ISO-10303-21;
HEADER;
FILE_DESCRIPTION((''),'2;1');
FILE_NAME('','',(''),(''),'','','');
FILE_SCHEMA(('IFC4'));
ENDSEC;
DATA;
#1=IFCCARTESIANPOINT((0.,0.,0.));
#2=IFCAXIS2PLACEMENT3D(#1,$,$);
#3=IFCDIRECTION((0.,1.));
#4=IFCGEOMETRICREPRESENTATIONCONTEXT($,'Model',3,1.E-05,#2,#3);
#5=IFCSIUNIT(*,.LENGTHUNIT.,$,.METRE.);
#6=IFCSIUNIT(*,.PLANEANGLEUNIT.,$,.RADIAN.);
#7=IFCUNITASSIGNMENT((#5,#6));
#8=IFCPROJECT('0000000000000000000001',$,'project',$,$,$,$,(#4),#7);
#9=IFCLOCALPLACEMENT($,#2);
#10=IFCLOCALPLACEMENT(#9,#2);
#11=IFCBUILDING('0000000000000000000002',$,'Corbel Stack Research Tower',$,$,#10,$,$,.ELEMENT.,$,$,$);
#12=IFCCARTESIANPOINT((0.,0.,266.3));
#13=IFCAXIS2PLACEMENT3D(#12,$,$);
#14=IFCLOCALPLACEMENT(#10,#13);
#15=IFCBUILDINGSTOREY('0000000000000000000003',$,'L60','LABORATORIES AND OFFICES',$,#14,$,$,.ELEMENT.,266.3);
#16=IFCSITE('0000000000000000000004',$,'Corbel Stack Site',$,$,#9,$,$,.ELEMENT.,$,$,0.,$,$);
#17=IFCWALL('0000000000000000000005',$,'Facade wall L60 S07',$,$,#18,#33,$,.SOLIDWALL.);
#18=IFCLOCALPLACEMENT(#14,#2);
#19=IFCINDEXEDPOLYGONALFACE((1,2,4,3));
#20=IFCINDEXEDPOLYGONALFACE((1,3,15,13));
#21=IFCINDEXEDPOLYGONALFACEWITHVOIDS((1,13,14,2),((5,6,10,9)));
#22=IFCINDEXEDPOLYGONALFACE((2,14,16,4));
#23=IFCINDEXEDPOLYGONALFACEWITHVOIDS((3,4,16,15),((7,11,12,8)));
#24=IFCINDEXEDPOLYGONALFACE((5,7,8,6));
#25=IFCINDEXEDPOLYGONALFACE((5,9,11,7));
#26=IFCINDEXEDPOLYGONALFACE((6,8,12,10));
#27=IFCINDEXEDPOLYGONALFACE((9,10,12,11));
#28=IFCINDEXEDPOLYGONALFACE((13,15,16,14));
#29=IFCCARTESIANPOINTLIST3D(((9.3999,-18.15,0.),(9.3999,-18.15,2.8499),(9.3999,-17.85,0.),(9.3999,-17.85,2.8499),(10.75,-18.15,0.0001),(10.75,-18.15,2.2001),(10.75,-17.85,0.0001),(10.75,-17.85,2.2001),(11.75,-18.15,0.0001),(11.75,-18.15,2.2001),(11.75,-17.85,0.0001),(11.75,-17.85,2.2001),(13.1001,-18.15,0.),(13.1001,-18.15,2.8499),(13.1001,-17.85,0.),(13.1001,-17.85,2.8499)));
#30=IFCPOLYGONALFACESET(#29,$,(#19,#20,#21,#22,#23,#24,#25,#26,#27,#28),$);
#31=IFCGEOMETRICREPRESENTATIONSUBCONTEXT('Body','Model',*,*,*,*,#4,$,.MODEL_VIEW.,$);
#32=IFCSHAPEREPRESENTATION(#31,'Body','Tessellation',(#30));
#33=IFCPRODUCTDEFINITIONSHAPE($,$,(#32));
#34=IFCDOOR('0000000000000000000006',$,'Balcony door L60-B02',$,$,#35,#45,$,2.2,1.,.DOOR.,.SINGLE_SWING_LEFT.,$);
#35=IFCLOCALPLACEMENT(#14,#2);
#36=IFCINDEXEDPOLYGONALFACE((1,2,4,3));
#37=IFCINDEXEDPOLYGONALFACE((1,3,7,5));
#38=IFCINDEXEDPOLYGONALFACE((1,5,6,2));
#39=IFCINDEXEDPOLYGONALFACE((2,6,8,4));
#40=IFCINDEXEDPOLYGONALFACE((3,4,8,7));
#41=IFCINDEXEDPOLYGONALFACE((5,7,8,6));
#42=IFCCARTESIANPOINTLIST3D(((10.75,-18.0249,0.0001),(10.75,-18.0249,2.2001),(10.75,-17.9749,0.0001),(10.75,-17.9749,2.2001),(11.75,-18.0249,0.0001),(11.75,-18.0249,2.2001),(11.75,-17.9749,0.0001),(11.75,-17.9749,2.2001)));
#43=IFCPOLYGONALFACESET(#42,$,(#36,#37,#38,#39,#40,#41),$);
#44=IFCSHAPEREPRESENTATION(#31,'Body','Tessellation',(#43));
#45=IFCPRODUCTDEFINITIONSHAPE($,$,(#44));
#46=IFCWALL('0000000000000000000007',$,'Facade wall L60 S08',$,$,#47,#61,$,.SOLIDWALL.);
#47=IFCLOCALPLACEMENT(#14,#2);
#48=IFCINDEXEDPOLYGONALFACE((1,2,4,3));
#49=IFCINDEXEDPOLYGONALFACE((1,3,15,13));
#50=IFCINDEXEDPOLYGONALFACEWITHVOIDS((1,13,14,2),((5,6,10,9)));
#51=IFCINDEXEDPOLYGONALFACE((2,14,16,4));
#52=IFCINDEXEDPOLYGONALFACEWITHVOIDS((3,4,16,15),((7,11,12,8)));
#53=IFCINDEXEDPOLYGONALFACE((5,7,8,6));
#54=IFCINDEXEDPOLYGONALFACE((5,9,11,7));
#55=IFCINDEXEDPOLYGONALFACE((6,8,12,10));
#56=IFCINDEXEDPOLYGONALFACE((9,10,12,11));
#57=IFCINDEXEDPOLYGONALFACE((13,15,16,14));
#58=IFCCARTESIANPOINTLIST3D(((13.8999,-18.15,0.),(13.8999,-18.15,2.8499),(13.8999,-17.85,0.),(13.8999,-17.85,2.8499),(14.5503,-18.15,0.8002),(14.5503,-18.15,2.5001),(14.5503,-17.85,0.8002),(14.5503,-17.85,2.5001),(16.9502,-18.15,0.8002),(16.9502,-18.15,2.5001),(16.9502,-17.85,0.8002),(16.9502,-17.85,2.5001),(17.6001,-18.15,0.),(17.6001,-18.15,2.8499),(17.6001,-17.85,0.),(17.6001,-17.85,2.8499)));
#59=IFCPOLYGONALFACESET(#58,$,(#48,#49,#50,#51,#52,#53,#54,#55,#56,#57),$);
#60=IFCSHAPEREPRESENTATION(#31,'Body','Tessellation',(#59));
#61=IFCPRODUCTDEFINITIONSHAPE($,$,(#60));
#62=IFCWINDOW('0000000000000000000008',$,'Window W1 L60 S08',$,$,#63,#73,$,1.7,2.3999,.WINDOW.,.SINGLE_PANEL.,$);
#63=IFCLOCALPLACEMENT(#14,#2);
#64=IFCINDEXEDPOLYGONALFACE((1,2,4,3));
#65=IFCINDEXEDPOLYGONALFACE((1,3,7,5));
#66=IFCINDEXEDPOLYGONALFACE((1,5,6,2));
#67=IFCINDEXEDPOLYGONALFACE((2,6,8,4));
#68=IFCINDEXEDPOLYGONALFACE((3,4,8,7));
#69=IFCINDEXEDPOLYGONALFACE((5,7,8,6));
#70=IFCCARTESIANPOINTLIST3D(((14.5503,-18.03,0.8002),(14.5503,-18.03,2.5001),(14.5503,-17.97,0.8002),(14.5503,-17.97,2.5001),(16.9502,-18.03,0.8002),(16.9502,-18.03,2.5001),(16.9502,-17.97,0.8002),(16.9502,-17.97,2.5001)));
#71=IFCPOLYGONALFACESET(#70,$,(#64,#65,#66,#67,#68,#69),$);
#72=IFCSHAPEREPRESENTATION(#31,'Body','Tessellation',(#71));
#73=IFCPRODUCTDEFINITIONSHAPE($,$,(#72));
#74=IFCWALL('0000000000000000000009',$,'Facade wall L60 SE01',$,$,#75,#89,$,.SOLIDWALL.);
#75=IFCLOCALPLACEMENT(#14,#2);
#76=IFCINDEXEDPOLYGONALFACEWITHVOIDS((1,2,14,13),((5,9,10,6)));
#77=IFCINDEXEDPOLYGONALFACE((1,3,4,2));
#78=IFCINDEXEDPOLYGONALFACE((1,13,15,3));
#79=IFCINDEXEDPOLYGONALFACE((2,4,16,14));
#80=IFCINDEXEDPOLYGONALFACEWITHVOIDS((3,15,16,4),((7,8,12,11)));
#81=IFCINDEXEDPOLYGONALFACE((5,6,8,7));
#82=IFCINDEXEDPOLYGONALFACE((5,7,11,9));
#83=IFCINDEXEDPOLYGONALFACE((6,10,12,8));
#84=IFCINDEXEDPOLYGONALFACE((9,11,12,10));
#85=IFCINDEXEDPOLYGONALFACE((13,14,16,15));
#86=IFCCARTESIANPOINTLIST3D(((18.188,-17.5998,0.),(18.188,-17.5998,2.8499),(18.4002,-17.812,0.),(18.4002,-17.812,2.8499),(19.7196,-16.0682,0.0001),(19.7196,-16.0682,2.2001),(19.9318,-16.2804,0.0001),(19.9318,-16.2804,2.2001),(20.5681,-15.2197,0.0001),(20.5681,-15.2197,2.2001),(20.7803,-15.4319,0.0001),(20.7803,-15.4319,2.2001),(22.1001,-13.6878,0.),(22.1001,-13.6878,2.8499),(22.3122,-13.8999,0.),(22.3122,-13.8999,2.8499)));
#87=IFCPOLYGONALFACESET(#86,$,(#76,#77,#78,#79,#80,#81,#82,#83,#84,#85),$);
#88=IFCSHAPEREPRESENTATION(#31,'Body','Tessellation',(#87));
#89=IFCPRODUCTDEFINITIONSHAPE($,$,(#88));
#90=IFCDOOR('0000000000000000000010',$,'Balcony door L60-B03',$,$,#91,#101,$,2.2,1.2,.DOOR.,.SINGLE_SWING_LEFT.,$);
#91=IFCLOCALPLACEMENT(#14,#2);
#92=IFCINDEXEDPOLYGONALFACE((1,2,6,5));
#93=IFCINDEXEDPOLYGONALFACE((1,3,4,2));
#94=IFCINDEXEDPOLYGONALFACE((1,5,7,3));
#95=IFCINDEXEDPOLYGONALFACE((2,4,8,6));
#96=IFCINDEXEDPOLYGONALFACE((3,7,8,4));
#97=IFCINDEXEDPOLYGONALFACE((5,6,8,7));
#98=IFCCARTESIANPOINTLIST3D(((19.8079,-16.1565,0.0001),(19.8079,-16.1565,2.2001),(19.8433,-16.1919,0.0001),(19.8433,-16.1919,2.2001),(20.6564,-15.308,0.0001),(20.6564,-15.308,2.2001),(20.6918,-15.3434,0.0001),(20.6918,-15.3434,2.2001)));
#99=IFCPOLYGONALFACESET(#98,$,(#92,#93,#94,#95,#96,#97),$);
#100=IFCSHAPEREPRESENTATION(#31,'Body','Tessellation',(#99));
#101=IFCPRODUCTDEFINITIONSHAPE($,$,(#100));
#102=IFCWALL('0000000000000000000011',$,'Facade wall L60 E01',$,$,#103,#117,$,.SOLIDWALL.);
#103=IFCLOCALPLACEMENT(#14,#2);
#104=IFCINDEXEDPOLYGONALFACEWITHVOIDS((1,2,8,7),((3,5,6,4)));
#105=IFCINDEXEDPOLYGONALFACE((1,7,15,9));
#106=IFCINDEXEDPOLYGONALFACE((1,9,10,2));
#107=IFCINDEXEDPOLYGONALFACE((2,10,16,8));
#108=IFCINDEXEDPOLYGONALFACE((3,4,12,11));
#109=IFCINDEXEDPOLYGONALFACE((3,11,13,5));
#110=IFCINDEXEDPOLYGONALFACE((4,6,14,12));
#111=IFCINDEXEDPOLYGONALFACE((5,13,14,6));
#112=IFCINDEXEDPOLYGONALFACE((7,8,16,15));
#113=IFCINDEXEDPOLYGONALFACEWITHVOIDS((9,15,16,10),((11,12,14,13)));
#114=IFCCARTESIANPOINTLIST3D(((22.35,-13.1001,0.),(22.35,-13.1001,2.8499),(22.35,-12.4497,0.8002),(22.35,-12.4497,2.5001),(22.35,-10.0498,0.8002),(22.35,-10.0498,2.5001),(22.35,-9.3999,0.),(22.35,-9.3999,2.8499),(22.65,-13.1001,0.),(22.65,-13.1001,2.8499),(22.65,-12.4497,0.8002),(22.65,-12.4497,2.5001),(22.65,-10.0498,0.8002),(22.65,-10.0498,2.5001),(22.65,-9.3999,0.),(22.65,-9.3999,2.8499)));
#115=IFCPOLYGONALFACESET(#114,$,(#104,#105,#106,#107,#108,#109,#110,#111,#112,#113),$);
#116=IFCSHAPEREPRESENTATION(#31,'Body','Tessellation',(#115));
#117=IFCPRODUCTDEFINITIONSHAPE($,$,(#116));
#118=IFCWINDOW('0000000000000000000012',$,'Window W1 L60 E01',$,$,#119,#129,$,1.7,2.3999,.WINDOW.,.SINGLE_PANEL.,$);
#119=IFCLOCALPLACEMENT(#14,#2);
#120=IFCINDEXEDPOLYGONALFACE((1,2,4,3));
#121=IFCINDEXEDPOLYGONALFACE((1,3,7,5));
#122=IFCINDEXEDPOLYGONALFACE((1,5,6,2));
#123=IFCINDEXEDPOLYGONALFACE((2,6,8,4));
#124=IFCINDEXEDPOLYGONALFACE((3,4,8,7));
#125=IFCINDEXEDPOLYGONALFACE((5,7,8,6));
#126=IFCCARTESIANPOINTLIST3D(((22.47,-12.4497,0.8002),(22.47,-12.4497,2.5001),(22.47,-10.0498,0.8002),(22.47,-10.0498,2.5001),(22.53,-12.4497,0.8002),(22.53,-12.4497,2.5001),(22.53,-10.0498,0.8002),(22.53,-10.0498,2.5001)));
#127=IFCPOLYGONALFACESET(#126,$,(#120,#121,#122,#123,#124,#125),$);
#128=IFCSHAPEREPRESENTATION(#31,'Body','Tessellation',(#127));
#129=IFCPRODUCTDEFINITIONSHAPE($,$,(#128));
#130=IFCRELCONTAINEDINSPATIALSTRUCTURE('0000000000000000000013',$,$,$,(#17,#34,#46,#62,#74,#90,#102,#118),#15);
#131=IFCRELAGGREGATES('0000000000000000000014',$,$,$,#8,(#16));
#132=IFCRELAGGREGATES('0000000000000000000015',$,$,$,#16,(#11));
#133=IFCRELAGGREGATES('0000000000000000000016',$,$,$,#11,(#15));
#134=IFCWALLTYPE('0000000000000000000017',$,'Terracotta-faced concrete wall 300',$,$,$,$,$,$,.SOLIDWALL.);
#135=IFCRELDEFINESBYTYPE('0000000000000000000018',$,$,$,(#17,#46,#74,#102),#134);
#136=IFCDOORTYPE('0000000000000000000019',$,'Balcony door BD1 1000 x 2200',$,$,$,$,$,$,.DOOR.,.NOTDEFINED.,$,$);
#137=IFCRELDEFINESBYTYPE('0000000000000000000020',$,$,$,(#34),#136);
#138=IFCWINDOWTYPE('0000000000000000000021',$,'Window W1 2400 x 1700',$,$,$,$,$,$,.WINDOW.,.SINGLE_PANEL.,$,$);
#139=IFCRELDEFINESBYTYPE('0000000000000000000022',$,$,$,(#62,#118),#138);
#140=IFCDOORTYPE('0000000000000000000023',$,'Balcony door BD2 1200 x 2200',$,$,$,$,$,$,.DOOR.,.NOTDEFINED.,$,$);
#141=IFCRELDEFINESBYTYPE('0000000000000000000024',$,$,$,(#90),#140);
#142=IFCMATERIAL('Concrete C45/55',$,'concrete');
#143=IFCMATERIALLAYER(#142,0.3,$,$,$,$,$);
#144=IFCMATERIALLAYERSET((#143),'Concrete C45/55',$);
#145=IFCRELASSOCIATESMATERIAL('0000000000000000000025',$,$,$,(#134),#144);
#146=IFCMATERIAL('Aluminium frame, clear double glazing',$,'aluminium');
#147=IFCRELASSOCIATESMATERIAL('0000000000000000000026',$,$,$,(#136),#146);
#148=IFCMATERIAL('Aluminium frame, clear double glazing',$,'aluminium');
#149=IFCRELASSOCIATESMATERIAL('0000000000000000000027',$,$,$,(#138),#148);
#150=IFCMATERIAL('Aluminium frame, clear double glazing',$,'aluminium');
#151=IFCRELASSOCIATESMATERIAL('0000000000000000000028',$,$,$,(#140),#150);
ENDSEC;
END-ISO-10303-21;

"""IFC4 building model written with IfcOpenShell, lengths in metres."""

from ifc_helpers import new_model, si_unit, direction, frame, frame_2d, origin, place, context, subcontext, project, spatial, rectangle, extrude, material, layer, layer_set, type_object, element, fill, save


model = new_model("IFC4")

# Units and contexts
model_context = context("Model", 3, precision=1e-05, world=origin(), true_north=direction((0.0, 1.0)))
body_context = subcontext(model_context, "Body", "Model", "MODEL_VIEW")
ifc_project = project(units=[si_unit("LENGTHUNIT", "METRE"), si_unit("PLANEANGLEUNIT", "RADIAN")], contexts=[model_context])

# Site, building, storey
site_placement = place(None, origin())
site = spatial("IfcSite", under=ifc_project, at=site_placement, Name="Corbel Stack Site", CompositionType="ELEMENT", RefElevation=0.0)
building_placement = place(site_placement, origin())
building = spatial("IfcBuilding", under=site, at=building_placement, Name="Corbel Stack Research Tower", CompositionType="ELEMENT")
storey_placement = place(building_placement, frame((0.0, 0.0, 266.3)))
storey = spatial("IfcBuildingStorey", under=building, at=storey_placement, Name="L60", Description="LABORATORIES AND OFFICES", CompositionType="ELEMENT", Elevation=266.3)

# Wall, opening, door
ifc_material_1 = material(Name="Concrete C45/55", Category="concrete")
ifc_layer_1 = layer(ifc_material_1, 0.3)
ifc_layer_set_1 = layer_set([ifc_layer_1], Name="Concrete C45/55")
wall_type_1 = type_object("IfcWallType", Name="Terracotta-faced concrete wall 300", PredefinedType="SOLIDWALL", material=ifc_layer_set_1)
wall_1_placement = place(storey_placement, frame((13.1001, -18.0, 0.0), z_axis=(0.0, 0.0, 1.0), x_axis=(-1.0, 0.0, 0.0)))
wall_1 = element("IfcWall", 1, at=wall_1_placement, inside=storey, type_object=wall_type_1, Name="Facade wall L60 S07", PredefinedType="SOLIDWALL", context=body_context, shape_type="SweptSolid", body=[
    extrude(rectangle(XDim=3.7002, YDim=0.3, at=frame_2d((1.8501, 0.0))), origin(), (0.0, 0.0, 1.0), 2.8499),
])
opening_1_placement = place(wall_1_placement, frame((1.3501, 0.0, 0.0)))
opening_1 = element("IfcOpeningElement", 2, at=opening_1_placement, cuts=wall_1, PredefinedType="OPENING", context=body_context, shape_type="SweptSolid", body=[
    extrude(rectangle(XDim=1.0, YDim=2.2, at=frame_2d((0.5, 1.1001))), frame((0.0, 0.1599, 0.0), z_axis=(0.0, -1.0, 0.0), x_axis=(1.0, 0.0, 0.0)), (0.0, 0.0, 1.0), 0.3201),
])
ifc_material_2 = material(Name="Aluminium frame, clear double glazing", Category="aluminium")
door_type_1 = type_object("IfcDoorType", Name="Balcony door BD1 1000 x 2200", OperationType="NOTDEFINED", PredefinedType="DOOR", material=ifc_material_2)
door_1_placement = place(opening_1_placement, origin())
door_1 = element("IfcDoor", 3, at=door_1_placement, inside=storey, type_object=door_type_1, Name="Balcony door L60-B02", OperationType="SINGLE_SWING_LEFT", OverallHeight=2.2, OverallWidth=1.0, PredefinedType="DOOR", context=body_context, shape_type="SweptSolid", body=[
    extrude(rectangle(XDim=1.0, YDim=2.2, at=frame_2d((0.5, 1.1001))), frame((0.0, 0.0249, 0.0), z_axis=(0.0, -1.0, 0.0), x_axis=(1.0, 0.0, 0.0)), (0.0, 0.0, 1.0), 0.05),
])
fill(opening_1, door_1)

# Wall, opening, window
wall_2_placement = place(storey_placement, frame((17.6001, -18.0, 0.0), z_axis=(0.0, 0.0, 1.0), x_axis=(-1.0, 0.0, 0.0)))
wall_2 = element("IfcWall", 4, at=wall_2_placement, inside=storey, type_object=wall_type_1, Name="Facade wall L60 S08", PredefinedType="SOLIDWALL", context=body_context, shape_type="SweptSolid", body=[
    extrude(rectangle(XDim=3.7002, YDim=0.3, at=frame_2d((1.8501, 0.0))), origin(), (0.0, 0.0, 1.0), 2.8499),
])
opening_2_placement = place(wall_2_placement, frame((0.6499, 0.0, 0.8)))
opening_2 = element("IfcOpeningElement", 5, at=opening_2_placement, cuts=wall_2, PredefinedType="OPENING", context=body_context, shape_type="SweptSolid", body=[
    extrude(rectangle(XDim=2.3999, YDim=1.7, at=frame_2d((1.2, 0.8501))), frame((0.0, 0.1599, 0.0), z_axis=(0.0, -1.0, 0.0), x_axis=(1.0, 0.0, 0.0)), (0.0, 0.0, 1.0), 0.3201),
])
ifc_material_3 = material(Name="Aluminium frame, clear double glazing", Category="aluminium")
window_type = type_object("IfcWindowType", Name="Window W1 2400 x 1700", PartitioningType="SINGLE_PANEL", PredefinedType="WINDOW", material=ifc_material_3)
window_1_placement = place(opening_2_placement, origin())
window_1 = element("IfcWindow", 6, at=window_1_placement, inside=storey, type_object=window_type, Name="Window W1 L60 S08", OverallHeight=1.7, OverallWidth=2.3999, PartitioningType="SINGLE_PANEL", PredefinedType="WINDOW", context=body_context, shape_type="SweptSolid", body=[
    extrude(rectangle(XDim=2.3999, YDim=1.7, at=frame_2d((1.2, 0.8501))), frame((0.0, 0.03, 0.0), z_axis=(0.0, -1.0, 0.0), x_axis=(1.0, 0.0, 0.0)), (0.0, 0.0, 1.0), 0.0601),
])
fill(opening_2, window_1)

# Wall, opening, door
wall_3_placement = place(storey_placement, frame((22.2061, -13.7939, 0.0), z_axis=(0.0, 0.0, 1.0), x_axis=(-0.707107, -0.707107, 0.0)))
wall_3 = element("IfcWall", 7, at=wall_3_placement, inside=storey, type_object=wall_type_1, Name="Facade wall L60 SE01", PredefinedType="SOLIDWALL", context=body_context, shape_type="SweptSolid", body=[
    extrude(rectangle(XDim=5.5325, YDim=0.3, at=frame_2d((2.7661, 0.0))), origin(), (0.0, 0.0, 1.0), 2.8499),
])
opening_3_placement = place(wall_3_placement, frame((2.1663, 0.0, 0.0)))
opening_3 = element("IfcOpeningElement", 8, at=opening_3_placement, cuts=wall_3, PredefinedType="OPENING", context=body_context, shape_type="SweptSolid", body=[
    extrude(rectangle(XDim=1.2, YDim=2.2, at=frame_2d((0.6001, 1.1001))), frame((0.0, 0.1599, 0.0), z_axis=(0.0, -1.0, 0.0), x_axis=(1.0, 0.0, 0.0)), (0.0, 0.0, 1.0), 0.3201),
])
ifc_material_4 = material(Name="Aluminium frame, clear double glazing", Category="aluminium")
door_type_2 = type_object("IfcDoorType", Name="Balcony door BD2 1200 x 2200", OperationType="NOTDEFINED", PredefinedType="DOOR", material=ifc_material_4)
door_2_placement = place(opening_3_placement, origin())
door_2 = element("IfcDoor", 9, at=door_2_placement, inside=storey, type_object=door_type_2, Name="Balcony door L60-B03", OperationType="SINGLE_SWING_LEFT", OverallHeight=2.2, OverallWidth=1.2, PredefinedType="DOOR", context=body_context, shape_type="SweptSolid", body=[
    extrude(rectangle(XDim=1.2, YDim=2.2, at=frame_2d((0.6001, 1.1001))), frame((0.0, 0.0249, 0.0), z_axis=(0.0, -1.0, 0.0), x_axis=(1.0, 0.0, 0.0)), (0.0, 0.0, 1.0), 0.05),
])
fill(opening_3, door_2)

# Wall, opening, window
wall_4_placement = place(storey_placement, frame((22.5, -9.3999, 0.0), z_axis=(0.0, 0.0, 1.0), x_axis=(0.0, -1.0, 0.0)))
wall_4 = element("IfcWall", 10, at=wall_4_placement, inside=storey, type_object=wall_type_1, Name="Facade wall L60 E01", PredefinedType="SOLIDWALL", context=body_context, shape_type="SweptSolid", body=[
    extrude(rectangle(XDim=3.7002, YDim=0.3, at=frame_2d((1.8501, 0.0))), origin(), (0.0, 0.0, 1.0), 2.8499),
])
opening_4_placement = place(wall_4_placement, frame((0.6499, 0.0, 0.8)))
opening_4 = element("IfcOpeningElement", 11, at=opening_4_placement, cuts=wall_4, PredefinedType="OPENING", context=body_context, shape_type="SweptSolid", body=[
    extrude(rectangle(XDim=2.3999, YDim=1.7, at=frame_2d((1.2, 0.8501))), frame((0.0, 0.1599, 0.0), z_axis=(0.0, -1.0, 0.0), x_axis=(1.0, 0.0, 0.0)), (0.0, 0.0, 1.0), 0.3201),
])
window_2_placement = place(opening_4_placement, origin())
window_2 = element("IfcWindow", 12, at=window_2_placement, inside=storey, type_object=window_type, Name="Window W1 L60 E01", OverallHeight=1.7, OverallWidth=2.3999, PartitioningType="SINGLE_PANEL", PredefinedType="WINDOW", context=body_context, shape_type="SweptSolid", body=[
    extrude(rectangle(XDim=2.3999, YDim=1.7, at=frame_2d((1.2, 0.8501))), frame((0.0, 0.03, 0.0), z_axis=(0.0, -1.0, 0.0), x_axis=(1.0, 0.0, 0.0)), (0.0, 0.0, 1.0), 0.0601),
])
fill(opening_4, window_2)

save(model, "model.ifc")
